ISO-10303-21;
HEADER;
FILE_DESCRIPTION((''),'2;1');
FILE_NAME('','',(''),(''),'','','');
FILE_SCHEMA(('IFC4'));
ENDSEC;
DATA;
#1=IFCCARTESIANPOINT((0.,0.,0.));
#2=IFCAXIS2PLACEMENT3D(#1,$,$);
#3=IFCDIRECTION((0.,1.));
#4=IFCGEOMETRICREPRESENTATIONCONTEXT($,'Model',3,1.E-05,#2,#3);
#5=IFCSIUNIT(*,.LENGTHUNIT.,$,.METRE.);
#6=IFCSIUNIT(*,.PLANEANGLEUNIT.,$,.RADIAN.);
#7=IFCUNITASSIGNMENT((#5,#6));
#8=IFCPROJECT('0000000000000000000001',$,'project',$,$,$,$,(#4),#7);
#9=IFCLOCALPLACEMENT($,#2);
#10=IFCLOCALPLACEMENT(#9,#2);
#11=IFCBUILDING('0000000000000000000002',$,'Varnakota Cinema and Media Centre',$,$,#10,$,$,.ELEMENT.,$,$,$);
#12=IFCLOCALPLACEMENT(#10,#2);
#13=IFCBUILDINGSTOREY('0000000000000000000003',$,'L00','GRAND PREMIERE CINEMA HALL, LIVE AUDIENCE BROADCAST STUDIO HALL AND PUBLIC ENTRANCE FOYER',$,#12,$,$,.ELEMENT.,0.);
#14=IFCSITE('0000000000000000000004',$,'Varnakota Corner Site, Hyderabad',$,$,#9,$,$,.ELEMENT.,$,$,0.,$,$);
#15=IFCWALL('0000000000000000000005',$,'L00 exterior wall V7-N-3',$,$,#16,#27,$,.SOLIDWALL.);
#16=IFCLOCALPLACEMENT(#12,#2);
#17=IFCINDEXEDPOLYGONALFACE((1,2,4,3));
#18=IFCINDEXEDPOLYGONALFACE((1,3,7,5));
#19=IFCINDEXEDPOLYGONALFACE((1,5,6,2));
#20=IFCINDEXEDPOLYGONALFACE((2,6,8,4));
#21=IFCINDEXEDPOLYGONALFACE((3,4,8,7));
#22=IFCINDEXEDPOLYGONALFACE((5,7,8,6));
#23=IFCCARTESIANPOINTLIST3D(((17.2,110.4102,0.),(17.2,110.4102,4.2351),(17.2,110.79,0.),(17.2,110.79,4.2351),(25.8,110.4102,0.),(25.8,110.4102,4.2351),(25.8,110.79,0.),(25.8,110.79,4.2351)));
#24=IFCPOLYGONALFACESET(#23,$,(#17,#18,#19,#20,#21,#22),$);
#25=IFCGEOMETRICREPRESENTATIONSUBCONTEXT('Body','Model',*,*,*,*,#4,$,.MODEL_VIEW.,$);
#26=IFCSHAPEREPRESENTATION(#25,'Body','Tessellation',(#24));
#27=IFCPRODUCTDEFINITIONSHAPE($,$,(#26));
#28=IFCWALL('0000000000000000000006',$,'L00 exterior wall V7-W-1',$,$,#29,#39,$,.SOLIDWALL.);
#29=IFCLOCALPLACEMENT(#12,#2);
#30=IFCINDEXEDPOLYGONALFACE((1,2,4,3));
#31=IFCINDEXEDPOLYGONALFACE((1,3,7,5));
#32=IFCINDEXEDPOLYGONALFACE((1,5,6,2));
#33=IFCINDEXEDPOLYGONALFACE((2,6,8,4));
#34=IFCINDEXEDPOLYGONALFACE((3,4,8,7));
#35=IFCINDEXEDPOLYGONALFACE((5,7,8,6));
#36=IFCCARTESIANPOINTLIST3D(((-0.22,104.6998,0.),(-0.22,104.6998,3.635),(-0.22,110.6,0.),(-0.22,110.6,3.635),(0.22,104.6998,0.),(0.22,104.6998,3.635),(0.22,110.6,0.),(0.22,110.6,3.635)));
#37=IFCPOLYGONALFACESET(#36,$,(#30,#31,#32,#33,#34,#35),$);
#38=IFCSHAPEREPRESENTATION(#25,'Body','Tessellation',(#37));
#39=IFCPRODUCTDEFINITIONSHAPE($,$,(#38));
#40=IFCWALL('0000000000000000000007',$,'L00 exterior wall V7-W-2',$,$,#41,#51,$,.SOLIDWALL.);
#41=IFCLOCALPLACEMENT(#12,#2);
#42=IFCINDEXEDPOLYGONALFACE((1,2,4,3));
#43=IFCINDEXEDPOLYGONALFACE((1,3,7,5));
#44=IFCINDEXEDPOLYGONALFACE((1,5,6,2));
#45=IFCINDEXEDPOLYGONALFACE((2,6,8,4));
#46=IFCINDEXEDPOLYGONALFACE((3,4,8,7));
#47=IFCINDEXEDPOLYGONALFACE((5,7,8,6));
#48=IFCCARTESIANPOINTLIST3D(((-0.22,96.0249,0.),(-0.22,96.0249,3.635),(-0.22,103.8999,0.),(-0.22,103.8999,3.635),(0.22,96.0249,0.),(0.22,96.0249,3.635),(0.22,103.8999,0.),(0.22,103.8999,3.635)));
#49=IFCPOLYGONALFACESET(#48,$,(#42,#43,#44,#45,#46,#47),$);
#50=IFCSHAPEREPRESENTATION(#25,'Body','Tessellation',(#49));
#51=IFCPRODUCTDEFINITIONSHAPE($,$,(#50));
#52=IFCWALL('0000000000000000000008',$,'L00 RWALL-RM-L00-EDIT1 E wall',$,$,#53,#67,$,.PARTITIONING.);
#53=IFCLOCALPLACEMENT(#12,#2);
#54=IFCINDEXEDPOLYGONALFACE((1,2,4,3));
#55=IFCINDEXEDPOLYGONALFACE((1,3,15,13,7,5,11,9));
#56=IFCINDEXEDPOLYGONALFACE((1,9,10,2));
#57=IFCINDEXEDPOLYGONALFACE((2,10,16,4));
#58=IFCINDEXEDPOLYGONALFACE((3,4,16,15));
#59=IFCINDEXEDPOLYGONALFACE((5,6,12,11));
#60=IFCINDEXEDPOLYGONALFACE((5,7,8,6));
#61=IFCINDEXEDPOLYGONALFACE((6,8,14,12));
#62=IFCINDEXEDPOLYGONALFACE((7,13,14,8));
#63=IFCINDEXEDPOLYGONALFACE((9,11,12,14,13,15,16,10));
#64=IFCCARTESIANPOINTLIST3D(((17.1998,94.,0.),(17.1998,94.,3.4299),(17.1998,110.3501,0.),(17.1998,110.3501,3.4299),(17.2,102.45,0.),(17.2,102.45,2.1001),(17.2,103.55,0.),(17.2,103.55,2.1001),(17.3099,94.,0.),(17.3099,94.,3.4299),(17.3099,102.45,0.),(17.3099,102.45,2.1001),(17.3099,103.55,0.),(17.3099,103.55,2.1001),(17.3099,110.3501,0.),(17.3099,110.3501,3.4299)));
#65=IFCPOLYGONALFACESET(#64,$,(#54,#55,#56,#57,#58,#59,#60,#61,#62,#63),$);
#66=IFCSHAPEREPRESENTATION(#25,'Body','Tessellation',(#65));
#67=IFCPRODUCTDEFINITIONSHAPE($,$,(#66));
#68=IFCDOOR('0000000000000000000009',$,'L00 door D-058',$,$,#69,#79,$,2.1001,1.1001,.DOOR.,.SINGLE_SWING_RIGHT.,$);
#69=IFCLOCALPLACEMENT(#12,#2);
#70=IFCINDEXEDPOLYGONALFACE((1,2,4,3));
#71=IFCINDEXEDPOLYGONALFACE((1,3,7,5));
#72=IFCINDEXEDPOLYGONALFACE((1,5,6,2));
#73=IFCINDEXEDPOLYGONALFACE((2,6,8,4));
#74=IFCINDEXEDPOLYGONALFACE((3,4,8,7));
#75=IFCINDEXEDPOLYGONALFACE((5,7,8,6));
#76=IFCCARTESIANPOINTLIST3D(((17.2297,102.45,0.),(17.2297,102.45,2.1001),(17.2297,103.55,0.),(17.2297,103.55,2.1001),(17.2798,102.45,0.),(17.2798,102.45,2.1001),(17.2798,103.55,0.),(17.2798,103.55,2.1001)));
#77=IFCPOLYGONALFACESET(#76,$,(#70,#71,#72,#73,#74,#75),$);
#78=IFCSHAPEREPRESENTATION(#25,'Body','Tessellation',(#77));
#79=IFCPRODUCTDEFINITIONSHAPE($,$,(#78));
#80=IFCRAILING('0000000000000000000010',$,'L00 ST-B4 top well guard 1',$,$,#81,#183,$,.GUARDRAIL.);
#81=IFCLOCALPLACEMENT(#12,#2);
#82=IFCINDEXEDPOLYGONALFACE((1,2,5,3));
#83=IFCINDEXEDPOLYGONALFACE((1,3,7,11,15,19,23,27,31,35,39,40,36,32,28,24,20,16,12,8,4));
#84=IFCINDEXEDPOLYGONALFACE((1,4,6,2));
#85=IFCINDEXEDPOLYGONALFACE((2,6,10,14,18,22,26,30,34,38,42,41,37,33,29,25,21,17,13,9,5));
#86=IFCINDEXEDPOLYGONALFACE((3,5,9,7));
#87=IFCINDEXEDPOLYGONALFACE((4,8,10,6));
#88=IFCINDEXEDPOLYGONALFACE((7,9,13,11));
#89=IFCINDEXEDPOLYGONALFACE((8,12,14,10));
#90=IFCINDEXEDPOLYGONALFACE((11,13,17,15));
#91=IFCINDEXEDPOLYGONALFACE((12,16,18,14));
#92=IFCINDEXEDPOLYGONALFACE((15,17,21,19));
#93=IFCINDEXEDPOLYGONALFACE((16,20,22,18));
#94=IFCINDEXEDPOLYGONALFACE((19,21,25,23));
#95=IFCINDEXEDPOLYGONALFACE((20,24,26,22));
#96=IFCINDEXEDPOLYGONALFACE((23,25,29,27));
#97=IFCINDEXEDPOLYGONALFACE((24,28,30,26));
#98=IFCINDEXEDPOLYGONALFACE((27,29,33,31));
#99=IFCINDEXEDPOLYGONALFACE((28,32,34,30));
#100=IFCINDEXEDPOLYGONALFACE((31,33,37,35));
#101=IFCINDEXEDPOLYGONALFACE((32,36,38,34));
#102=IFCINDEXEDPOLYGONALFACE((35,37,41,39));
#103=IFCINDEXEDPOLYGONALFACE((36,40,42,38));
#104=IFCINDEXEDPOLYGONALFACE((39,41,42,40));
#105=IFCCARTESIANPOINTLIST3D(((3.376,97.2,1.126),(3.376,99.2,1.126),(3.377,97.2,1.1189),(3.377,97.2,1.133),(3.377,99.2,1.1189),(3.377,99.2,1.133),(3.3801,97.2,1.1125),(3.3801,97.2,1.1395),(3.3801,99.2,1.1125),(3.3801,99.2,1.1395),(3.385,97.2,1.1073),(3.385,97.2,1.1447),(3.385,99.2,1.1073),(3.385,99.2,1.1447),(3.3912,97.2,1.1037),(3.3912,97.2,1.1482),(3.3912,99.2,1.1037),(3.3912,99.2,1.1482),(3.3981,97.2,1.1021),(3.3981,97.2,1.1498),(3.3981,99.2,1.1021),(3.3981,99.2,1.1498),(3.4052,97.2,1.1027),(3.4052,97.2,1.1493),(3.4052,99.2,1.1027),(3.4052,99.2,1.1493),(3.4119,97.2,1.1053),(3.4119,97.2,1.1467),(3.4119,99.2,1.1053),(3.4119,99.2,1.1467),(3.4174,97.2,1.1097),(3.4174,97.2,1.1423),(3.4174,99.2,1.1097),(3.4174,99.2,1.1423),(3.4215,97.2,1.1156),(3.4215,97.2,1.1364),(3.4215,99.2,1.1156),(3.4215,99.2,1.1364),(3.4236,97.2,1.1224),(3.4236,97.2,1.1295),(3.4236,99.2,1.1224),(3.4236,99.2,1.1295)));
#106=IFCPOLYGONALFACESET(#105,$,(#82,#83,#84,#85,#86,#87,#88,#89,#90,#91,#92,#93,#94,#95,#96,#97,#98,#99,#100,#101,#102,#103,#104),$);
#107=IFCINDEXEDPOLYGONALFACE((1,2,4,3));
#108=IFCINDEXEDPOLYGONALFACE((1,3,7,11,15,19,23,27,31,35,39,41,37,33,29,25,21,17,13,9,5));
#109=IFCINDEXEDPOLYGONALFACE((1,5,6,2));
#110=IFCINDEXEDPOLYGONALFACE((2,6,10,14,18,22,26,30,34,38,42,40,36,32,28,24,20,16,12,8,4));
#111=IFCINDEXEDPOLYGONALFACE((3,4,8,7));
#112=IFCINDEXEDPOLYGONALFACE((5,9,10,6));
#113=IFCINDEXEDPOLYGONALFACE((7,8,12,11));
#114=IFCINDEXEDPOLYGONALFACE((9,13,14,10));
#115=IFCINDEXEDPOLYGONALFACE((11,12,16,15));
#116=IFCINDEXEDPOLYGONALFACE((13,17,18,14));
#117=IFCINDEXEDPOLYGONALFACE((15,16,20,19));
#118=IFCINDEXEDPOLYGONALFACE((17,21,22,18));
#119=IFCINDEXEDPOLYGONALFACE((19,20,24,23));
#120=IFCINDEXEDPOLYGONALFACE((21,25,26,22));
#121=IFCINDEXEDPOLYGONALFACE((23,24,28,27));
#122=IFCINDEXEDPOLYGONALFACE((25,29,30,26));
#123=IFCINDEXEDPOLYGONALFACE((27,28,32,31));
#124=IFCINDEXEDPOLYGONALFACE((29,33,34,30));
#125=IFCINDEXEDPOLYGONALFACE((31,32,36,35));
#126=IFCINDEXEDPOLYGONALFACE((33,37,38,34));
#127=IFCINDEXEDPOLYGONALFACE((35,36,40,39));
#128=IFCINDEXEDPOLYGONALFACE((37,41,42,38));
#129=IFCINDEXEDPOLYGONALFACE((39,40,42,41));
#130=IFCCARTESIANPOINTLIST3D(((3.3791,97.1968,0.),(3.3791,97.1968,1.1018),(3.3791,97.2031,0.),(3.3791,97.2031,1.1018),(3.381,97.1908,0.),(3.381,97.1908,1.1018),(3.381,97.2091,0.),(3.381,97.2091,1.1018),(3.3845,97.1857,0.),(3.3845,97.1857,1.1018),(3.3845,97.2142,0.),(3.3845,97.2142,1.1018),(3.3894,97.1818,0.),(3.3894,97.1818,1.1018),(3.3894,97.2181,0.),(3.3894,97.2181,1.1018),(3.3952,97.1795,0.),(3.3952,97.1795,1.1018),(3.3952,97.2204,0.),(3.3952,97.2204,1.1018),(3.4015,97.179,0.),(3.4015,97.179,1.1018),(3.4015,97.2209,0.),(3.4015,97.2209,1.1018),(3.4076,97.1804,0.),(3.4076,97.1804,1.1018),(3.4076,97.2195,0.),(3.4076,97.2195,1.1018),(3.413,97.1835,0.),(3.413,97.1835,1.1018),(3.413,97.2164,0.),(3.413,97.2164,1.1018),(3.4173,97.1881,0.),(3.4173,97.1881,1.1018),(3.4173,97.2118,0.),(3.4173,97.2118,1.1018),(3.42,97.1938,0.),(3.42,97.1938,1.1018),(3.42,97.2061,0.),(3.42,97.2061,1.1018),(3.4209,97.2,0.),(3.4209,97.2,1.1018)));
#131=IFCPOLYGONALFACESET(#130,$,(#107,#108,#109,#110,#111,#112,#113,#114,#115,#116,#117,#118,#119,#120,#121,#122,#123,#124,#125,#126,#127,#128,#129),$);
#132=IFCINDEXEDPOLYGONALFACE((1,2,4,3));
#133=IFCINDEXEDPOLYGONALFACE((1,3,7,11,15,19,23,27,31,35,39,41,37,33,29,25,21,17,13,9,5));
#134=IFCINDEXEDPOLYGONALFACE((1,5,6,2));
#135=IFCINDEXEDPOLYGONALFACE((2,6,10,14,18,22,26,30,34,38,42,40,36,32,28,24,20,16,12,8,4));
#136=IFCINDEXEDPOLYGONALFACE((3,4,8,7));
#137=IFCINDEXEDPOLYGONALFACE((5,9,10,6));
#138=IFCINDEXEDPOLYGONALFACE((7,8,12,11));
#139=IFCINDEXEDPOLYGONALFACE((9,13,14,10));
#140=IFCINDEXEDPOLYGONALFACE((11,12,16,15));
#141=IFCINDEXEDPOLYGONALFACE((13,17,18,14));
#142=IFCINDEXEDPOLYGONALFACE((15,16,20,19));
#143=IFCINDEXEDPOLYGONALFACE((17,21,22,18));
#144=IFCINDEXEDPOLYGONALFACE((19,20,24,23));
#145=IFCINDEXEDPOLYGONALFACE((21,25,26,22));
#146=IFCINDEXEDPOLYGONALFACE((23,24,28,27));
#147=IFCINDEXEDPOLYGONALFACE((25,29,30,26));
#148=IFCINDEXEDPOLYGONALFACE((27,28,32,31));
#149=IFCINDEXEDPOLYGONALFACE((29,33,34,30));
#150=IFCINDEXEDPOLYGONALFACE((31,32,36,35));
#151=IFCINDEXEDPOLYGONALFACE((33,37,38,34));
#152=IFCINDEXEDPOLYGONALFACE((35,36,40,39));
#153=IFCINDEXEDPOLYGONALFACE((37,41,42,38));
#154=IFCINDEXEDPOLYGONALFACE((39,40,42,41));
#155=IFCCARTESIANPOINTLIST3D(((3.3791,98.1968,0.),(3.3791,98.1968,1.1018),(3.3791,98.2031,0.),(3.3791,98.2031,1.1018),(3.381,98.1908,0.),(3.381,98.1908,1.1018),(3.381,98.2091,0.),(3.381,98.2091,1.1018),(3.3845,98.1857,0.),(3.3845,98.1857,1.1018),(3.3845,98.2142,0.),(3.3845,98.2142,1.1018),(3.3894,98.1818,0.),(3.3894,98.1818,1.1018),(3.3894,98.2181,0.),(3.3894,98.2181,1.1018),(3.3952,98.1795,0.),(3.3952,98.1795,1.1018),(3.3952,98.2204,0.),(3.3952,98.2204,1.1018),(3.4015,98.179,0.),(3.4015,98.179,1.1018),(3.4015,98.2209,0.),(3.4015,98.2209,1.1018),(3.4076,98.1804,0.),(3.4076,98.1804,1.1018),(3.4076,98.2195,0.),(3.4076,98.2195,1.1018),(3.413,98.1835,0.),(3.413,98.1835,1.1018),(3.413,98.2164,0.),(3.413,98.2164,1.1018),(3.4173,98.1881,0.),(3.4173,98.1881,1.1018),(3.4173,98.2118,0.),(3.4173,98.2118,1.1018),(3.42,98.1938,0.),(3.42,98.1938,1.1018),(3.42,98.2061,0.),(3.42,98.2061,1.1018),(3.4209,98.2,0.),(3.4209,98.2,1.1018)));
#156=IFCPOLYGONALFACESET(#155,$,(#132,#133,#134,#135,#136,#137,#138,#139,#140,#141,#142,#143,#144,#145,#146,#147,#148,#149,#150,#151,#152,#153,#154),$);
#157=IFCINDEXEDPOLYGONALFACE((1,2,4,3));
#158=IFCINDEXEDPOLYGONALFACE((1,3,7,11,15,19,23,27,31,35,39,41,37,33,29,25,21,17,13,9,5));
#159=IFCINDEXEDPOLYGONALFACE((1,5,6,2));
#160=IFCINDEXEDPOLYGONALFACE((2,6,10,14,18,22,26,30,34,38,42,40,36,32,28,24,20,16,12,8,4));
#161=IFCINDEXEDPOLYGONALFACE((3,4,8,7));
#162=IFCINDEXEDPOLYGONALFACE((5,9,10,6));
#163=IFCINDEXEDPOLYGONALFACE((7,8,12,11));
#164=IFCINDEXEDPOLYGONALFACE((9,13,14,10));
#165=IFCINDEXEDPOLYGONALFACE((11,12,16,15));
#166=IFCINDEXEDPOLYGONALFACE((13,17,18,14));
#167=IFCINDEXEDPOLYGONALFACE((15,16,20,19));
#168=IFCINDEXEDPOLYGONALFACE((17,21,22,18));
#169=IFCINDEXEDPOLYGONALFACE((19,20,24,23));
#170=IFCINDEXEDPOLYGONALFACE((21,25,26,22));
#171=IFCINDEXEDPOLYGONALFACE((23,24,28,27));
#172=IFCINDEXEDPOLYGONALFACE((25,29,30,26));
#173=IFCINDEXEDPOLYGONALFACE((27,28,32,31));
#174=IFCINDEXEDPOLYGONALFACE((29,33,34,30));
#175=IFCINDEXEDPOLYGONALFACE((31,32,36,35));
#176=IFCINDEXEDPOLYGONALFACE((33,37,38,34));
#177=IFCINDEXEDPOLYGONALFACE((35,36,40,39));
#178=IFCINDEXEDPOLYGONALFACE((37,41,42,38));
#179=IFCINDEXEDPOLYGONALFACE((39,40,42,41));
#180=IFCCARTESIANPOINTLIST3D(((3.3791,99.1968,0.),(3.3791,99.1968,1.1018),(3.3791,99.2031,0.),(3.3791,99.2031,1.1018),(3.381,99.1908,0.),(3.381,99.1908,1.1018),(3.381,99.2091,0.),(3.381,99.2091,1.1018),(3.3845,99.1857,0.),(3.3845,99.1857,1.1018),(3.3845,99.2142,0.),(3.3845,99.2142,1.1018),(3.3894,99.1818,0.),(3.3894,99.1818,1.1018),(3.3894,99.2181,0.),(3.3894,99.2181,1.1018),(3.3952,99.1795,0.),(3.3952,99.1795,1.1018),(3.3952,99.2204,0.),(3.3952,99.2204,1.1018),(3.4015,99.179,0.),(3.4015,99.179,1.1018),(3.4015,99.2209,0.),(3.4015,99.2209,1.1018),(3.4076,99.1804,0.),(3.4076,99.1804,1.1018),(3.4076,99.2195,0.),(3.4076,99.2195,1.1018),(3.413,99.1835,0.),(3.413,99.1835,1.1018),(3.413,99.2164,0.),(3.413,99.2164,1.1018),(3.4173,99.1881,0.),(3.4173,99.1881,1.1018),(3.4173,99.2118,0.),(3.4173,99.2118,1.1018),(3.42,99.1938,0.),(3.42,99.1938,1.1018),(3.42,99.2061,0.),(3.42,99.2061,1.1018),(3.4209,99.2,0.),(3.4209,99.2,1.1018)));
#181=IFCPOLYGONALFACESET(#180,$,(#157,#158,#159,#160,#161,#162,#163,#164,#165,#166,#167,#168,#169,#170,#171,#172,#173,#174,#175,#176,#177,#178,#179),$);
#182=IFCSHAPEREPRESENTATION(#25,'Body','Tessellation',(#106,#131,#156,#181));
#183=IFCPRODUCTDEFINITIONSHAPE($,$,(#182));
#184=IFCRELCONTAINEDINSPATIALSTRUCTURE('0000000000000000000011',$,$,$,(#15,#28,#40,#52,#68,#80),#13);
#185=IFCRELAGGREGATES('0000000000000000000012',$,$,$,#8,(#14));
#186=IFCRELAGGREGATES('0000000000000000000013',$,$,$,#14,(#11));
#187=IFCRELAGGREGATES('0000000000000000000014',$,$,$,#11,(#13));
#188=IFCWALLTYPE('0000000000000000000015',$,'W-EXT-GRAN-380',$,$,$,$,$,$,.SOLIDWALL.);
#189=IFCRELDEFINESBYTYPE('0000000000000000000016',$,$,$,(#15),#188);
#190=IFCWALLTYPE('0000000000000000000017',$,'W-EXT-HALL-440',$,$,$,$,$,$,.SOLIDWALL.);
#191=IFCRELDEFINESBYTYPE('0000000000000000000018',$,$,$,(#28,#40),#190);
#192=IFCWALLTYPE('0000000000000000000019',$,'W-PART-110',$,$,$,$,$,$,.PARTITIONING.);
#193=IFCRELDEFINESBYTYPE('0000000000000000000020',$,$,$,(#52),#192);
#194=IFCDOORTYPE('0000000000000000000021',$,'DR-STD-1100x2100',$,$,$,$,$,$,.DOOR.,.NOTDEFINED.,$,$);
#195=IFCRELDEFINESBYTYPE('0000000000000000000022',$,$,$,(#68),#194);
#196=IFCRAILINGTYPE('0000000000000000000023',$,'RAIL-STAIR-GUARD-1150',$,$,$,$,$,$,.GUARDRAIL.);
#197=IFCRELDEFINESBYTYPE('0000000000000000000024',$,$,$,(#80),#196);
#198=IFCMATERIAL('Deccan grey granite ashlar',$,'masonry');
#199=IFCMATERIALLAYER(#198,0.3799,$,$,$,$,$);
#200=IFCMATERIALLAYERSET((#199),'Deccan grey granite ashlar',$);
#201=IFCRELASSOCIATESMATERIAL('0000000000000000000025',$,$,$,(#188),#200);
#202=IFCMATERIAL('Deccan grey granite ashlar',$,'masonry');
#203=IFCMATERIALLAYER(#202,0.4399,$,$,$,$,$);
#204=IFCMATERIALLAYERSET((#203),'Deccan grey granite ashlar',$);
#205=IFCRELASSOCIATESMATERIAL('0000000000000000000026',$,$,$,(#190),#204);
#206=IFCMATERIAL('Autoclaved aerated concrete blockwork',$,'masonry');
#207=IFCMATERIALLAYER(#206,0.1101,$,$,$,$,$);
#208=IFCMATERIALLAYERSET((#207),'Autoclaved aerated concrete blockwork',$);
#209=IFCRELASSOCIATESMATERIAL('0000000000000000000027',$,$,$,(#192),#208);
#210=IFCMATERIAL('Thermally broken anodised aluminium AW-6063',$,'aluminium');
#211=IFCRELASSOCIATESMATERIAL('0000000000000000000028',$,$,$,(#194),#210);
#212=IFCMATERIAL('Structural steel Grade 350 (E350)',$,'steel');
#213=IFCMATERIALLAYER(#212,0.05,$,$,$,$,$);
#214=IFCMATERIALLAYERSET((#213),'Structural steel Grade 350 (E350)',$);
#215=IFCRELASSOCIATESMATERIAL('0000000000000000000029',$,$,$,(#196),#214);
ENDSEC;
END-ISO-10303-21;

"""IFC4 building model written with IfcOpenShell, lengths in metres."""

from ifc_helpers import new_model, si_unit, direction, frame, frame_2d, origin, origin_2d, place, context, subcontext, project, spatial, rectangle, circle, extrude, material, layer, layer_set, type_object, element, fill, save


model = new_model("IFC4")

# Units and contexts
model_context = context("Model", 3, precision=1e-05, world=origin(), true_north=direction((0.0, 1.0)))
body_context = subcontext(model_context, "Body", "Model", "MODEL_VIEW")
ifc_project = project(units=[si_unit("LENGTHUNIT", "METRE"), si_unit("PLANEANGLEUNIT", "RADIAN")], contexts=[model_context])

# Site, building, storey
site_placement = place(None, origin())
site = spatial("IfcSite", under=ifc_project, at=site_placement, Name="Varnakota Corner Site, Hyderabad", CompositionType="ELEMENT", RefElevation=0.0)
building_placement = place(site_placement, origin())
building = spatial("IfcBuilding", under=site, at=building_placement, Name="Varnakota Cinema and Media Centre", CompositionType="ELEMENT")
storey_placement = place(building_placement, origin())
storey = spatial("IfcBuildingStorey", under=building, at=storey_placement, Name="L00", Description="GRAND PREMIERE CINEMA HALL, LIVE AUDIENCE BROADCAST STUDIO HALL AND PUBLIC ENTRANCE FOYER", CompositionType="ELEMENT", Elevation=0.0)

# Shared definitions
ifc_material_1 = material(Name="Deccan grey granite ashlar", Category="masonry")
ifc_layer_1 = layer(ifc_material_1, 0.3799)
ifc_layer_set_1 = layer_set([ifc_layer_1], Name="Deccan grey granite ashlar")
wall_type_1 = type_object("IfcWallType", Name="W-EXT-GRAN-380", PredefinedType="SOLIDWALL", material=ifc_layer_set_1)

# Walls
wall_1_placement = place(storey_placement, frame((17.2, 110.6001, 0.0), z_axis=(0.0, 0.0, 1.0), x_axis=(1.0, 0.0, 0.0)))
element("IfcWall", 1, at=wall_1_placement, inside=storey, type_object=wall_type_1, Name="L00 exterior wall V7-N-3", PredefinedType="SOLIDWALL", context=body_context, shape_type="SweptSolid", body=[
    extrude(rectangle(XDim=8.6001, YDim=0.3799, at=frame_2d((4.3, 0.0))), origin(), (0.0, 0.0, 1.0), 4.2351),
])
ifc_material_2 = material(Name="Deccan grey granite ashlar", Category="masonry")
ifc_layer_2 = layer(ifc_material_2, 0.4399)
ifc_layer_set_2 = layer_set([ifc_layer_2], Name="Deccan grey granite ashlar")
wall_type_2 = type_object("IfcWallType", Name="W-EXT-HALL-440", PredefinedType="SOLIDWALL", material=ifc_layer_set_2)
wall_2_placement = place(storey_placement, frame((0.0, 110.6001, 0.0), z_axis=(0.0, 0.0, 1.0), x_axis=(0.0, -1.0, 0.0)))
element("IfcWall", 2, at=wall_2_placement, inside=storey, type_object=wall_type_2, Name="L00 exterior wall V7-W-1", PredefinedType="SOLIDWALL", context=body_context, shape_type="SweptSolid", body=[
    extrude(rectangle(XDim=5.9001, YDim=0.4399, at=frame_2d((2.9502, 0.0))), origin(), (0.0, 0.0, 1.0), 3.635),
])
wall_3_placement = place(storey_placement, frame((0.0, 103.8999, 0.0), z_axis=(0.0, 0.0, 1.0), x_axis=(0.0, -1.0, 0.0)))
element("IfcWall", 3, at=wall_3_placement, inside=storey, type_object=wall_type_2, Name="L00 exterior wall V7-W-2", PredefinedType="SOLIDWALL", context=body_context, shape_type="SweptSolid", body=[
    extrude(rectangle(XDim=7.875, YDim=0.4399, at=frame_2d((3.9375, 0.0))), origin(), (0.0, 0.0, 1.0), 3.635),
])

# Wall, opening, door
ifc_material_3 = material(Name="Autoclaved aerated concrete blockwork", Category="masonry")
ifc_layer_3 = layer(ifc_material_3, 0.1101)
ifc_layer_set_3 = layer_set([ifc_layer_3], Name="Autoclaved aerated concrete blockwork")
wall_type_3 = type_object("IfcWallType", Name="W-PART-110", PredefinedType="PARTITIONING", material=ifc_layer_set_3)
wall_4_placement = place(storey_placement, frame((17.2549, 110.3501, 0.0), z_axis=(0.0, 0.0, 1.0), x_axis=(0.0, -1.0, 0.0)))
wall_4 = element("IfcWall", 4, at=wall_4_placement, inside=storey, type_object=wall_type_3, Name="L00 RWALL-RM-L00-EDIT1 E wall", PredefinedType="PARTITIONING", context=body_context, shape_type="SweptSolid", body=[
    extrude(rectangle(XDim=16.3501, YDim=0.1101, at=frame_2d((8.175, 0.0))), origin(), (0.0, 0.0, 1.0), 3.4299),
])
opening_1_placement = place(wall_4_placement, frame((6.8, 0.0, 0.0)))
opening_1 = element("IfcOpeningElement", 5, at=opening_1_placement, cuts=wall_4, PredefinedType="OPENING", context=body_context, shape_type="SweptSolid", body=[
    extrude(rectangle(XDim=1.1001, YDim=2.1001, at=frame_2d((0.55, 1.05))), frame((0.0, 0.0552, 0.0), z_axis=(0.0, -1.0, 0.0), x_axis=(1.0, 0.0, 0.0)), (0.0, 0.0, 1.0), 0.1101),
])
ifc_material_4 = material(Name="Thermally broken anodised aluminium AW-6063", Category="aluminium")
door_type_1 = type_object("IfcDoorType", Name="DR-STD-1100x2100", OperationType="NOTDEFINED", PredefinedType="DOOR", material=ifc_material_4)
door_1_placement = place(opening_1_placement, origin())
door_1 = element("IfcDoor", 6, at=door_1_placement, inside=storey, type_object=door_type_1, Name="L00 door D-058", OperationType="SINGLE_SWING_RIGHT", OverallHeight=2.1001, OverallWidth=1.1001, PredefinedType="DOOR", context=body_context, shape_type="SweptSolid", body=[
    extrude(rectangle(XDim=1.1001, YDim=2.1001, at=frame_2d((0.55, 1.05))), frame((0.0, 0.0249, 0.0), z_axis=(0.0, -1.0, 0.0), x_axis=(1.0, 0.0, 0.0)), (0.0, 0.0, 1.0), 0.05),
])
fill(opening_1, door_1)

# Railing
ifc_material_5 = material(Name="Structural steel Grade 350 (E350)", Category="steel")
ifc_layer_4 = layer(ifc_material_5, 0.05)
ifc_layer_set_4 = layer_set([ifc_layer_4], Name="Structural steel Grade 350 (E350)")
railing_type = type_object("IfcRailingType", Name="RAIL-STAIR-GUARD-1150", PredefinedType="GUARDRAIL", material=ifc_layer_set_4)
railing_placement = place(storey_placement, frame((3.3999, 97.2, 0.0)))
element("IfcRailing", 7, at=railing_placement, inside=storey, type_object=railing_type, Name="L00 ST-B4 top well guard 1", PredefinedType="GUARDRAIL", context=body_context, shape_type="SweptSolid", body=[
    extrude(circle(Radius=0.0239, at=origin_2d()), frame((0.0, 0.0, 1.126), z_axis=(0.0, 1.0, 0.0), x_axis=(-1.0, 0.0, 0.0)), (0.0, 0.0, 1.0), 2.0),
    extrude(circle(Radius=0.021, at=origin_2d()), origin(), (0.0, 0.0, 1.0), 1.1018),
    extrude(circle(Radius=0.021, at=origin_2d()), frame((0.0, 1.0, 0.0)), (0.0, 0.0, 1.0), 1.1018),
    extrude(circle(Radius=0.021, at=origin_2d()), frame((0.0, 2.0, 0.0)), (0.0, 0.0, 1.0), 1.1018),
])

save(model, "model.ifc")
